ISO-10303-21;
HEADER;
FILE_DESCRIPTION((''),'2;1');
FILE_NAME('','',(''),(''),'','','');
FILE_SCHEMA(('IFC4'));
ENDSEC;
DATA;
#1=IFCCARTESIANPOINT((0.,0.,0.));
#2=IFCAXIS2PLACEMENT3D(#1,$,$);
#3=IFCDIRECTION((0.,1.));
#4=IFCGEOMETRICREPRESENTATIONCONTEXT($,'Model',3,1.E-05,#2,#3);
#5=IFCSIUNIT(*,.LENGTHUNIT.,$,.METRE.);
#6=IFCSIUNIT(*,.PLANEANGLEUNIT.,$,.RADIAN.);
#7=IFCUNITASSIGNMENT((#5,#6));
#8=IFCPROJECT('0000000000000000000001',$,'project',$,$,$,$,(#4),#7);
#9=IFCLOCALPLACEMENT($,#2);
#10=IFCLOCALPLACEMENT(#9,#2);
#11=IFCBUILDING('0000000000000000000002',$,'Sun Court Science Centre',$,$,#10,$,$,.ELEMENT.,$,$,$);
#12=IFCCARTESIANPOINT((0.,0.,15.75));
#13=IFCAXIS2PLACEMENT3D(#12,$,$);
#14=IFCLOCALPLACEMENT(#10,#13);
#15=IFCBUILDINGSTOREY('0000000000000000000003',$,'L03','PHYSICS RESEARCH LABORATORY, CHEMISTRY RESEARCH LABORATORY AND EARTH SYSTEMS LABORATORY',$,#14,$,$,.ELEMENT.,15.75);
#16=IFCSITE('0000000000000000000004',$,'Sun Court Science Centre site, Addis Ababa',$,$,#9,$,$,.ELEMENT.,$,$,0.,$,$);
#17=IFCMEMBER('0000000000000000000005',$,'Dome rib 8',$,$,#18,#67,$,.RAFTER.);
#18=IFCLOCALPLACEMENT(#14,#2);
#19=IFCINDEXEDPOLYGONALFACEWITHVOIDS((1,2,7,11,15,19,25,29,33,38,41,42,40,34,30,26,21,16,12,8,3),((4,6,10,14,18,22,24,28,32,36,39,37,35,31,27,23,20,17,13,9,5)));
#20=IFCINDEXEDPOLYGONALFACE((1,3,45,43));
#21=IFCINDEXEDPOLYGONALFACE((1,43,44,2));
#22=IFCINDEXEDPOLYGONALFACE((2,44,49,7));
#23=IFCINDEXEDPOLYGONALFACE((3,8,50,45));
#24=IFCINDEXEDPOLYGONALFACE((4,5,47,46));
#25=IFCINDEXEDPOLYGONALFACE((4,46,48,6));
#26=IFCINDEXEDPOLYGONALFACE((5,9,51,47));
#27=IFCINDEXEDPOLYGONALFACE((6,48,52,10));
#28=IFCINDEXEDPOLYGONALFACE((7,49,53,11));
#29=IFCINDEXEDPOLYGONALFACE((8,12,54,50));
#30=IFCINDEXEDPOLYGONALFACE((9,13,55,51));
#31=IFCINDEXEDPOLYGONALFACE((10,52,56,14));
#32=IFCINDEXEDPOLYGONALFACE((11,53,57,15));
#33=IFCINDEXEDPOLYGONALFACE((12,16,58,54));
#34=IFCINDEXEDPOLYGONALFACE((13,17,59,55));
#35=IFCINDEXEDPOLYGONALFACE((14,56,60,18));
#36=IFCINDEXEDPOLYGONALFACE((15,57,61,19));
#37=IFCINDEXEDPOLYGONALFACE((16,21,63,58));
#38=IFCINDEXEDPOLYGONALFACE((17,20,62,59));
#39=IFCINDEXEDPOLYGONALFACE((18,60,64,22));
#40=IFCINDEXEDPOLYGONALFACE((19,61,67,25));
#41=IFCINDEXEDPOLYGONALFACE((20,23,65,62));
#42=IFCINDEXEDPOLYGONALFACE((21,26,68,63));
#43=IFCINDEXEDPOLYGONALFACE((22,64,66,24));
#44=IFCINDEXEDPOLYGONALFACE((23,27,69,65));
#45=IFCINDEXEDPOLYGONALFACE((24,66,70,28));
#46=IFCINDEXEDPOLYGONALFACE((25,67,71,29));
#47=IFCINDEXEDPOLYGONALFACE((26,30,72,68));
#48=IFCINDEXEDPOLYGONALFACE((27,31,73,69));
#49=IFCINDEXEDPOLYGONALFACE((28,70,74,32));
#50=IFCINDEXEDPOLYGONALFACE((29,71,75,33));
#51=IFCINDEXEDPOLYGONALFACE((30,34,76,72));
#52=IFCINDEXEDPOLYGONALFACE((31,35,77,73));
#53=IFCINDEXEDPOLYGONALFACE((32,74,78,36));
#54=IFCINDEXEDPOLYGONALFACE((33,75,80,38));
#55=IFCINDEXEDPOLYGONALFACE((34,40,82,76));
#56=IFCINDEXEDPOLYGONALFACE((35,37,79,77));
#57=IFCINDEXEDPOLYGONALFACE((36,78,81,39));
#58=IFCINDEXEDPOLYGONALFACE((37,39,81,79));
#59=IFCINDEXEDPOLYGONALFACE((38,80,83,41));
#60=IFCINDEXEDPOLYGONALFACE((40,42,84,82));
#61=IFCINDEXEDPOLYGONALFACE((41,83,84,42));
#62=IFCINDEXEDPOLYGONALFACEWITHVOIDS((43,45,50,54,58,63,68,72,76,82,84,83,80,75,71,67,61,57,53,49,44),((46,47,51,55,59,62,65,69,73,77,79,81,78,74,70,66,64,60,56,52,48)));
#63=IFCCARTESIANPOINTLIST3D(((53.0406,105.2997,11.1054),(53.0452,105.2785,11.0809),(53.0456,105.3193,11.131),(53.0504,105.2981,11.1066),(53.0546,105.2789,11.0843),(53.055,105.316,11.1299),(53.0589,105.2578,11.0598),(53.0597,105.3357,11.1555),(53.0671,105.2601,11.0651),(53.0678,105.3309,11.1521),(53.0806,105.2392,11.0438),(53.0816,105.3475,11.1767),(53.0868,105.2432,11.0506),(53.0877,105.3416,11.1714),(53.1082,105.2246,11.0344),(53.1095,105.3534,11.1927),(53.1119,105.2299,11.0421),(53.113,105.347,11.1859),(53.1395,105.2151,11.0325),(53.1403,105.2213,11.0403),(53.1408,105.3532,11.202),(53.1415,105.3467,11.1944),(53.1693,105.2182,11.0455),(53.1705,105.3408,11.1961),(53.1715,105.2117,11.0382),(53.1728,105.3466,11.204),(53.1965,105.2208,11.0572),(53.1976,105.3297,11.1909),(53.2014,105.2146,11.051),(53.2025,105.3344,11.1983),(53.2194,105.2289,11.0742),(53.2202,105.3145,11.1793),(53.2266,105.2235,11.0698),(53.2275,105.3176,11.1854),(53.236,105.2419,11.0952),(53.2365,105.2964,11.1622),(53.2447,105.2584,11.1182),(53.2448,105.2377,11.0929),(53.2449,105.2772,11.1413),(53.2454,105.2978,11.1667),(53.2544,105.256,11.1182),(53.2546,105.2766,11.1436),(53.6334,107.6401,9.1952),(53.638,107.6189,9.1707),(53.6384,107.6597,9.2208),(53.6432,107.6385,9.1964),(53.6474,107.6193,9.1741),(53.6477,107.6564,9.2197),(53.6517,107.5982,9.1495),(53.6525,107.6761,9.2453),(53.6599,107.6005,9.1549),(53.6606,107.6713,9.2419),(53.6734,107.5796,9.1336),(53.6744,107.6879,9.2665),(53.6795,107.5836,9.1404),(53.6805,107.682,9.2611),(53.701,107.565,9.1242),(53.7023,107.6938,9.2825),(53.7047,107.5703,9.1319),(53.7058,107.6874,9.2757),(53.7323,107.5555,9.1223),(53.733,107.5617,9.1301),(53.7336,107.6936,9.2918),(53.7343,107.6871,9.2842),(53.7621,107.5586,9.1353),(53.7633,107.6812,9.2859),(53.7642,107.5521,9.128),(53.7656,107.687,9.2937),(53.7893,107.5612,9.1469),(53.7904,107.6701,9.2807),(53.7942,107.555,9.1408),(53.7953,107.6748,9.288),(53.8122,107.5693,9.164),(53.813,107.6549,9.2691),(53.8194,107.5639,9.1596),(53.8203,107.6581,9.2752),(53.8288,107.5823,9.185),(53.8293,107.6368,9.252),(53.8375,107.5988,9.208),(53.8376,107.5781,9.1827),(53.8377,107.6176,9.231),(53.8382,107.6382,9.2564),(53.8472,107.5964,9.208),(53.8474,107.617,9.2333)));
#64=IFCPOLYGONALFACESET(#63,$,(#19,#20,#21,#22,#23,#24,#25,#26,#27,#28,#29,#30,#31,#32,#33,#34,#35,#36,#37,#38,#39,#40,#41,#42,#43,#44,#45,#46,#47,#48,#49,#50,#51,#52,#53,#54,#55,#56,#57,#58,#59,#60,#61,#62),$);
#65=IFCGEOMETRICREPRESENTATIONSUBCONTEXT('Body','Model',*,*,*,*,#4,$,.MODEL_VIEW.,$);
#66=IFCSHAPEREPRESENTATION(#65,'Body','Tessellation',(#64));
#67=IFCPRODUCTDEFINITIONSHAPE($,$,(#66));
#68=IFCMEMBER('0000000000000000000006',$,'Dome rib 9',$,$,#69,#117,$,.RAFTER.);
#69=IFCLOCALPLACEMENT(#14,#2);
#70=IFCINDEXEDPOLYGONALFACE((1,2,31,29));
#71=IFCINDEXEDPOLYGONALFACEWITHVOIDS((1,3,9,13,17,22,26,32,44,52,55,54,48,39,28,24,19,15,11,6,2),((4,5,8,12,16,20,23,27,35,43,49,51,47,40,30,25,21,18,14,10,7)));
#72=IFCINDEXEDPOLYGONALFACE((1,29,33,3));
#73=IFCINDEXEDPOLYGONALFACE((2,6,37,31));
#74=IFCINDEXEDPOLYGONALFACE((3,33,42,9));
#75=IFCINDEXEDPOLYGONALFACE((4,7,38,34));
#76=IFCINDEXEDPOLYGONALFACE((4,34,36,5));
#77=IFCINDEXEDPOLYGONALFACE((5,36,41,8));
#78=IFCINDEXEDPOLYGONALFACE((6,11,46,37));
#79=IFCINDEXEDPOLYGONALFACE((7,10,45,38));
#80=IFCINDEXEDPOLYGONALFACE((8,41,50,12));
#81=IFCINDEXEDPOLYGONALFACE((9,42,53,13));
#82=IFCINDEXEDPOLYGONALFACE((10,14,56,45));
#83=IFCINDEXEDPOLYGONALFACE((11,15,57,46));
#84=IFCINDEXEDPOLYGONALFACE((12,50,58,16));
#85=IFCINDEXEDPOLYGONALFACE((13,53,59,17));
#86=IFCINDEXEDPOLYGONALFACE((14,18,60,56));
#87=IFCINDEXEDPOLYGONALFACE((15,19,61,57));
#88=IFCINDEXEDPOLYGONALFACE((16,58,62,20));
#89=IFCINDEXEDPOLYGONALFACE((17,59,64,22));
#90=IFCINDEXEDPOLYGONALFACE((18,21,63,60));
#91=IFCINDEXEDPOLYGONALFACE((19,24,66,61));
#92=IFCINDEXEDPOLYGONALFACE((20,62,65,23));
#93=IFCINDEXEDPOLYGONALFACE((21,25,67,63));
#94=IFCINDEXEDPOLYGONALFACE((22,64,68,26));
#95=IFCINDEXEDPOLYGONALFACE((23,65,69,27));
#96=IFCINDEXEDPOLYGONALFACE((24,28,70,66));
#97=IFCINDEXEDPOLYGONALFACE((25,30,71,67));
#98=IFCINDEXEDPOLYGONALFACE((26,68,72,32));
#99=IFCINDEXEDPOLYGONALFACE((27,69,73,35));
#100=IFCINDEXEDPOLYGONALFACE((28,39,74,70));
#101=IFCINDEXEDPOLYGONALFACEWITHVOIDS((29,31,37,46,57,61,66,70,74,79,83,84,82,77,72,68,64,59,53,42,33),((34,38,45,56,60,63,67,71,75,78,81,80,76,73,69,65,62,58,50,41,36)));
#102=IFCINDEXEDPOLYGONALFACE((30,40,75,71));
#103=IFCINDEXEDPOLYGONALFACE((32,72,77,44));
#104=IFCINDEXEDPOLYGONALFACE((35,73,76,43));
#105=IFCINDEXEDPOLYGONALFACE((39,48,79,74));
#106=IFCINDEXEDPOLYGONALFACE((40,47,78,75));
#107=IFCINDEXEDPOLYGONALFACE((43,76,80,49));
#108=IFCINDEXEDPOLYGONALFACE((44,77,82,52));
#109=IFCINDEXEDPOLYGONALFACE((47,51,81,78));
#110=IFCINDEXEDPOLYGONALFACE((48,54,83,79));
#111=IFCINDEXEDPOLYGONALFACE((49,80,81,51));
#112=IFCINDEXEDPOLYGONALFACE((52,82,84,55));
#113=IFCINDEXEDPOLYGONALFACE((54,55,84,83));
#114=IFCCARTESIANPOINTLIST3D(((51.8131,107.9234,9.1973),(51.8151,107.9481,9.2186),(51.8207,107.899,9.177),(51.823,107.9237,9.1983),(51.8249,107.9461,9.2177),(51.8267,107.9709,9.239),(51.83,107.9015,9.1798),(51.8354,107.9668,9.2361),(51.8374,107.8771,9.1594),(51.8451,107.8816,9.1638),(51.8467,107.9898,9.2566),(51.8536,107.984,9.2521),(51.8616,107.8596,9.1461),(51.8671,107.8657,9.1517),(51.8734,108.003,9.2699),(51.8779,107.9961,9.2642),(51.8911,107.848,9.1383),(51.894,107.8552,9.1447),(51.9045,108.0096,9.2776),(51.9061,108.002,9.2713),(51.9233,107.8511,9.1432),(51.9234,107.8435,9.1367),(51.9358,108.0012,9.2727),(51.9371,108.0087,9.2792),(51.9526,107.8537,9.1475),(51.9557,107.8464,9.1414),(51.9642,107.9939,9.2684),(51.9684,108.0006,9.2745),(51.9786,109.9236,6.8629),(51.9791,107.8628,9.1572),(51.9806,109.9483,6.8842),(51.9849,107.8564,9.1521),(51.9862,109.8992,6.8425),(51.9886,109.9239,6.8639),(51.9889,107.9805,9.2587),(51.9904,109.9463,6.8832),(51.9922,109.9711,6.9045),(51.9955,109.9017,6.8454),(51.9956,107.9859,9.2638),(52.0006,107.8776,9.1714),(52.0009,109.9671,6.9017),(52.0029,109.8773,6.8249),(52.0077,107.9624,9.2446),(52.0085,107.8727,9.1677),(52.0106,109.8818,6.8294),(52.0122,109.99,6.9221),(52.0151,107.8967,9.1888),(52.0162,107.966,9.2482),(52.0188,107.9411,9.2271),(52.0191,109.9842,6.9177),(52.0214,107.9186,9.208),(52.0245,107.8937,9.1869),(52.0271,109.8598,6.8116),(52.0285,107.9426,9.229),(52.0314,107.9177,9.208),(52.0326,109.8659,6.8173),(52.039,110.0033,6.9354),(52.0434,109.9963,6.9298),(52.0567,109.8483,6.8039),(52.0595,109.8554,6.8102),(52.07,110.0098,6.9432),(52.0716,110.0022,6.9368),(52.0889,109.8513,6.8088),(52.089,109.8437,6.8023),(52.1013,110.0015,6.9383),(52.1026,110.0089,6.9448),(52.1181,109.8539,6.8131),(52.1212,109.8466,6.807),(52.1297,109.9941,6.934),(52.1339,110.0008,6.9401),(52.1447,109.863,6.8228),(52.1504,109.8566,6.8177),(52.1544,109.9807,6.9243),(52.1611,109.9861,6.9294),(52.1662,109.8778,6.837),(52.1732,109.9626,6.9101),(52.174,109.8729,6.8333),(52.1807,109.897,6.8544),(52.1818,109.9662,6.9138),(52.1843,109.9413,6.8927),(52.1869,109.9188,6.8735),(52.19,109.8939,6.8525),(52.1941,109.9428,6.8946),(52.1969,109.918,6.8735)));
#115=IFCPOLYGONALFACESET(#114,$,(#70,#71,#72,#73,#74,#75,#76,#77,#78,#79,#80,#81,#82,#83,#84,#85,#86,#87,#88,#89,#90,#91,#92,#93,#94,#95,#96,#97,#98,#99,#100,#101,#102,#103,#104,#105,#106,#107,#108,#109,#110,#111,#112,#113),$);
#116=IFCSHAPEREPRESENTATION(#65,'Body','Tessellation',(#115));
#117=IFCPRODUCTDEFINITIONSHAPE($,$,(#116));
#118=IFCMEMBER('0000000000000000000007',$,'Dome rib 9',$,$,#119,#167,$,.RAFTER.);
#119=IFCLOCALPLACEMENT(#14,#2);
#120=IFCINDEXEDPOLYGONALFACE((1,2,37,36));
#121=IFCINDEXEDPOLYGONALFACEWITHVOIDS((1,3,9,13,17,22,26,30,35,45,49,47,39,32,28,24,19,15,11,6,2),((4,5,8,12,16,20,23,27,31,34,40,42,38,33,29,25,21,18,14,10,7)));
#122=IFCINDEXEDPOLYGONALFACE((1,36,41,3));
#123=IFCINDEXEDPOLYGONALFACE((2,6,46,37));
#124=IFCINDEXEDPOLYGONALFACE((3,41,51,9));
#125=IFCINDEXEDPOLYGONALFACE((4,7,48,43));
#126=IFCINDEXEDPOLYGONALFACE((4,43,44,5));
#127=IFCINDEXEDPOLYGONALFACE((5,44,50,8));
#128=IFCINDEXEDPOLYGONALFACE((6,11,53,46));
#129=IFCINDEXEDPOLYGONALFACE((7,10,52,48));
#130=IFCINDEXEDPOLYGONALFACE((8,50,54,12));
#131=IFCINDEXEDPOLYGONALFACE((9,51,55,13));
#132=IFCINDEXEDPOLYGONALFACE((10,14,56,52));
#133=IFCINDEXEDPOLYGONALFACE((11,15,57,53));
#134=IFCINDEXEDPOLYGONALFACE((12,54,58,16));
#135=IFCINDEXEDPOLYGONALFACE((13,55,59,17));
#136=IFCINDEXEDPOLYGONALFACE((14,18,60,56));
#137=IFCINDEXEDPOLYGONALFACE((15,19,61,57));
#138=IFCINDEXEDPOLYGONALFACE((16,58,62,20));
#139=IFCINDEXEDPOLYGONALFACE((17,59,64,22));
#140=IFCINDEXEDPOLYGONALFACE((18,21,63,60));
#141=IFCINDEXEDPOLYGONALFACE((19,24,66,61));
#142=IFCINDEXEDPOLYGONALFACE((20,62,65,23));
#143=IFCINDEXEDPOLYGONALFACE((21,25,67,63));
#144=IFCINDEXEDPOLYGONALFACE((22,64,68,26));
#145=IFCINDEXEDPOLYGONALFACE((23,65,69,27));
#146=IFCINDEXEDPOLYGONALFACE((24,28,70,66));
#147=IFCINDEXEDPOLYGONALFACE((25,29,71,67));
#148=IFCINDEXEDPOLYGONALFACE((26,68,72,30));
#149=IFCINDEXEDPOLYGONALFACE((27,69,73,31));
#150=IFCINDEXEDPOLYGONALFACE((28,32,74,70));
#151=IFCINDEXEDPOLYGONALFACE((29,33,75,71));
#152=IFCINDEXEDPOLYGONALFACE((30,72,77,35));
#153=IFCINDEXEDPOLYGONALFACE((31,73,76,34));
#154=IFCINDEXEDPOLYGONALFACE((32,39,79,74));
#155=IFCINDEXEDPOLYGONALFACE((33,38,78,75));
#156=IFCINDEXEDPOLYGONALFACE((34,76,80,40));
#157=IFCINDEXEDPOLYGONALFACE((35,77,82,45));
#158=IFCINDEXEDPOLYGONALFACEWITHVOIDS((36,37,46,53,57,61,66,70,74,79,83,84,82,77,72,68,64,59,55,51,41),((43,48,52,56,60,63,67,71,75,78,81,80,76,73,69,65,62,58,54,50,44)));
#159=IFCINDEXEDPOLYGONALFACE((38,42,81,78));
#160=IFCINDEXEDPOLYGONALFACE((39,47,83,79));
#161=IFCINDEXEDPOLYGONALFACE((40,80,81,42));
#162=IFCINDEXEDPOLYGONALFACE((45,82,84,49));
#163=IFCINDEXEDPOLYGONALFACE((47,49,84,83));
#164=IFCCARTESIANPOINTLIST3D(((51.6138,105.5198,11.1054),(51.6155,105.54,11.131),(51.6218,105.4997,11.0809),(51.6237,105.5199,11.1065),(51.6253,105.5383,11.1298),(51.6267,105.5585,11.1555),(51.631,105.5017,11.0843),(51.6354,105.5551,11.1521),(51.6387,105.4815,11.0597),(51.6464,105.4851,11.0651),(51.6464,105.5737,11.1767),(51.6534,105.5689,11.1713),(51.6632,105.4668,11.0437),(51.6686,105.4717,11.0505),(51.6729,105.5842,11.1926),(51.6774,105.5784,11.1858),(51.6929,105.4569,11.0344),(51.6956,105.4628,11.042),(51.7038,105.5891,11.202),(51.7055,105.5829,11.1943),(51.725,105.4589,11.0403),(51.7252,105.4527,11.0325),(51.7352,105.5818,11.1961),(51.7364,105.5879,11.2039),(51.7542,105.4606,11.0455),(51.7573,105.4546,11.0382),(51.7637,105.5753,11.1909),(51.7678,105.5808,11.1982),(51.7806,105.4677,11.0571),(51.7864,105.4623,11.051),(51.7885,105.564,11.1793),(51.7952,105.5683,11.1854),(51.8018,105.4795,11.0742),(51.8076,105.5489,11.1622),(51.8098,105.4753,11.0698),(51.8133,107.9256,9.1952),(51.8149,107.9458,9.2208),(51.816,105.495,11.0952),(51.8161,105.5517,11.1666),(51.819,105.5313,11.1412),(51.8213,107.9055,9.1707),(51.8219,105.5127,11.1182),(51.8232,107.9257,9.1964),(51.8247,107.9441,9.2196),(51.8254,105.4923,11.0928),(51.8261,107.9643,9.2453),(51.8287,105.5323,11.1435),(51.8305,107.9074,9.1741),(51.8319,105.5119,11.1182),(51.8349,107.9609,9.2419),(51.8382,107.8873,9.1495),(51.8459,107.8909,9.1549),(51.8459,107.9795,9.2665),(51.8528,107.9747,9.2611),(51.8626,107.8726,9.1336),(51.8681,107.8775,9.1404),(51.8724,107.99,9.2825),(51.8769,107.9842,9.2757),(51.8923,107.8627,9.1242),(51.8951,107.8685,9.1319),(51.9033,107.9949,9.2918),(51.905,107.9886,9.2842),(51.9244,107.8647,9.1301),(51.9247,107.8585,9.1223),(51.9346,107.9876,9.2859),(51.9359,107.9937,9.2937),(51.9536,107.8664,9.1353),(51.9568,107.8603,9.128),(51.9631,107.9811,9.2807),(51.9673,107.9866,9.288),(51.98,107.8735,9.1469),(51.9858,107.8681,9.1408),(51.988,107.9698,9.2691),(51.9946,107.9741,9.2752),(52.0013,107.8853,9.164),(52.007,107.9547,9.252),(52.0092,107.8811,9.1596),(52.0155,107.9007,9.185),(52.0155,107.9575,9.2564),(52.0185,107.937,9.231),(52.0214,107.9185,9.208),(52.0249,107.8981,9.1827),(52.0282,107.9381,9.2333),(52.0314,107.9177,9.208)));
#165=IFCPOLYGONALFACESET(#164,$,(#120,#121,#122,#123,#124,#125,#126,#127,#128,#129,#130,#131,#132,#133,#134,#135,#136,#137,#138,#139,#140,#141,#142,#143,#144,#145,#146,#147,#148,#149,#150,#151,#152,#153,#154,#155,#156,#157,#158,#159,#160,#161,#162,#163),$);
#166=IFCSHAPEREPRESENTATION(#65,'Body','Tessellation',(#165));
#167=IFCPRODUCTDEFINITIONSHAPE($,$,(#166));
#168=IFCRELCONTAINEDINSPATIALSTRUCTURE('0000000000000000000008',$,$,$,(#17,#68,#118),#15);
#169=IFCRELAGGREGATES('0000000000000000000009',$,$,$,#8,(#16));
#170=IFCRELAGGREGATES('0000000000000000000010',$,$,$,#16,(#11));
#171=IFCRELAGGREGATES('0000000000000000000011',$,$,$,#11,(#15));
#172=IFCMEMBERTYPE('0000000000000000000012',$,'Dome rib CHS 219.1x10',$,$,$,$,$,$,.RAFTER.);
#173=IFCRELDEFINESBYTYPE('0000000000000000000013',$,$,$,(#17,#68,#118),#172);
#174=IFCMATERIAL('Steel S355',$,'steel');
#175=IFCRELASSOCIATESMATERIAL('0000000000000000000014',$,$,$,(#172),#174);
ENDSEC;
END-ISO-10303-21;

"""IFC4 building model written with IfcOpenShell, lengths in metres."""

from ifc_helpers import new_model, si_unit, direction, frame, origin, origin_2d, place, context, subcontext, project, spatial, hollow_circle, extrude, material, material_profile, profile_set, type_object, element, save


model = new_model("IFC4")

# Units and contexts
model_context = context("Model", 3, precision=1e-05, world=origin(), true_north=direction((0.0, 1.0)))
body_context = subcontext(model_context, "Body", "Model", "MODEL_VIEW")
ifc_project = project(units=[si_unit("LENGTHUNIT", "METRE"), si_unit("PLANEANGLEUNIT", "RADIAN")], contexts=[model_context])

# Site, building, storey
site_placement = place(None, origin())
site = spatial("IfcSite", under=ifc_project, at=site_placement, Name="Sun Court Science Centre site, Addis Ababa", CompositionType="ELEMENT", RefElevation=0.0)
building_placement = place(site_placement, origin())
building = spatial("IfcBuilding", under=site, at=building_placement, Name="Sun Court Science Centre", CompositionType="ELEMENT")
storey_placement = place(building_placement, frame((0.0, 0.0, 15.75)))
storey = spatial("IfcBuildingStorey", under=building, at=storey_placement, Name="L03", Description="PHYSICS RESEARCH LABORATORY, CHEMISTRY RESEARCH LABORATORY AND EARTH SYSTEMS LABORATORY", CompositionType="ELEMENT", Elevation=15.75)

# Members
ifc_material_1 = material(Name="Steel S355", Category="steel")
ifc_material_profile_1 = material_profile(ifc_material_1, hollow_circle(Radius=0.1096, WallThickness=0.01, at=origin_2d()), Name="CHS 219.1x10")
ifc_profile_set_1 = profile_set([ifc_material_profile_1], Name="Steel S355")
member_type_1 = type_object("IfcMemberType", Name="Dome rib CHS 219.1x10", PredefinedType="RAFTER", material=ifc_profile_set_1)
for number, where, z_axis, x_axis, name in (
    (1, (53.741, 107.6233, 9.208), (-0.192552, -0.760216, 0.620481), (0.969388, -0.245533, 0.0), "Dome rib 8"),
    (2, (52.0876, 109.927, 6.8735), (-0.053766, -0.649713, 0.758276), (0.996593, -0.082472, 0.0), "Dome rib 9"),
):
    element("IfcMember", number, at=place(storey_placement, frame(where, z_axis=z_axis, x_axis=x_axis)), inside=storey, type_object=member_type_1, Name=name, PredefinedType="RAFTER", context=body_context, shape_type="SweptSolid", body=[
        extrude(hollow_circle(Radius=0.1096, WallThickness=0.01, at=origin_2d()), origin(), (0.0, 0.0, 1.0), 3.0786),
    ])
member_1_placement = place(storey_placement, frame((51.9221, 107.9268, 9.208), z_axis=(-0.064796, -0.781513, 0.620515), x_axis=(0.996581, -0.082627, 0.0)))
element("IfcMember", 3, at=member_1_placement, inside=storey, type_object=member_type_1, Name="Dome rib 9", PredefinedType="RAFTER", context=body_context, shape_type="SweptSolid", body=[
    extrude(hollow_circle(Radius=0.1096, WallThickness=0.01, at=origin_2d()), origin(), (0.0, 0.0, 1.0), 3.0784),
])

save(model, "model.ifc")
